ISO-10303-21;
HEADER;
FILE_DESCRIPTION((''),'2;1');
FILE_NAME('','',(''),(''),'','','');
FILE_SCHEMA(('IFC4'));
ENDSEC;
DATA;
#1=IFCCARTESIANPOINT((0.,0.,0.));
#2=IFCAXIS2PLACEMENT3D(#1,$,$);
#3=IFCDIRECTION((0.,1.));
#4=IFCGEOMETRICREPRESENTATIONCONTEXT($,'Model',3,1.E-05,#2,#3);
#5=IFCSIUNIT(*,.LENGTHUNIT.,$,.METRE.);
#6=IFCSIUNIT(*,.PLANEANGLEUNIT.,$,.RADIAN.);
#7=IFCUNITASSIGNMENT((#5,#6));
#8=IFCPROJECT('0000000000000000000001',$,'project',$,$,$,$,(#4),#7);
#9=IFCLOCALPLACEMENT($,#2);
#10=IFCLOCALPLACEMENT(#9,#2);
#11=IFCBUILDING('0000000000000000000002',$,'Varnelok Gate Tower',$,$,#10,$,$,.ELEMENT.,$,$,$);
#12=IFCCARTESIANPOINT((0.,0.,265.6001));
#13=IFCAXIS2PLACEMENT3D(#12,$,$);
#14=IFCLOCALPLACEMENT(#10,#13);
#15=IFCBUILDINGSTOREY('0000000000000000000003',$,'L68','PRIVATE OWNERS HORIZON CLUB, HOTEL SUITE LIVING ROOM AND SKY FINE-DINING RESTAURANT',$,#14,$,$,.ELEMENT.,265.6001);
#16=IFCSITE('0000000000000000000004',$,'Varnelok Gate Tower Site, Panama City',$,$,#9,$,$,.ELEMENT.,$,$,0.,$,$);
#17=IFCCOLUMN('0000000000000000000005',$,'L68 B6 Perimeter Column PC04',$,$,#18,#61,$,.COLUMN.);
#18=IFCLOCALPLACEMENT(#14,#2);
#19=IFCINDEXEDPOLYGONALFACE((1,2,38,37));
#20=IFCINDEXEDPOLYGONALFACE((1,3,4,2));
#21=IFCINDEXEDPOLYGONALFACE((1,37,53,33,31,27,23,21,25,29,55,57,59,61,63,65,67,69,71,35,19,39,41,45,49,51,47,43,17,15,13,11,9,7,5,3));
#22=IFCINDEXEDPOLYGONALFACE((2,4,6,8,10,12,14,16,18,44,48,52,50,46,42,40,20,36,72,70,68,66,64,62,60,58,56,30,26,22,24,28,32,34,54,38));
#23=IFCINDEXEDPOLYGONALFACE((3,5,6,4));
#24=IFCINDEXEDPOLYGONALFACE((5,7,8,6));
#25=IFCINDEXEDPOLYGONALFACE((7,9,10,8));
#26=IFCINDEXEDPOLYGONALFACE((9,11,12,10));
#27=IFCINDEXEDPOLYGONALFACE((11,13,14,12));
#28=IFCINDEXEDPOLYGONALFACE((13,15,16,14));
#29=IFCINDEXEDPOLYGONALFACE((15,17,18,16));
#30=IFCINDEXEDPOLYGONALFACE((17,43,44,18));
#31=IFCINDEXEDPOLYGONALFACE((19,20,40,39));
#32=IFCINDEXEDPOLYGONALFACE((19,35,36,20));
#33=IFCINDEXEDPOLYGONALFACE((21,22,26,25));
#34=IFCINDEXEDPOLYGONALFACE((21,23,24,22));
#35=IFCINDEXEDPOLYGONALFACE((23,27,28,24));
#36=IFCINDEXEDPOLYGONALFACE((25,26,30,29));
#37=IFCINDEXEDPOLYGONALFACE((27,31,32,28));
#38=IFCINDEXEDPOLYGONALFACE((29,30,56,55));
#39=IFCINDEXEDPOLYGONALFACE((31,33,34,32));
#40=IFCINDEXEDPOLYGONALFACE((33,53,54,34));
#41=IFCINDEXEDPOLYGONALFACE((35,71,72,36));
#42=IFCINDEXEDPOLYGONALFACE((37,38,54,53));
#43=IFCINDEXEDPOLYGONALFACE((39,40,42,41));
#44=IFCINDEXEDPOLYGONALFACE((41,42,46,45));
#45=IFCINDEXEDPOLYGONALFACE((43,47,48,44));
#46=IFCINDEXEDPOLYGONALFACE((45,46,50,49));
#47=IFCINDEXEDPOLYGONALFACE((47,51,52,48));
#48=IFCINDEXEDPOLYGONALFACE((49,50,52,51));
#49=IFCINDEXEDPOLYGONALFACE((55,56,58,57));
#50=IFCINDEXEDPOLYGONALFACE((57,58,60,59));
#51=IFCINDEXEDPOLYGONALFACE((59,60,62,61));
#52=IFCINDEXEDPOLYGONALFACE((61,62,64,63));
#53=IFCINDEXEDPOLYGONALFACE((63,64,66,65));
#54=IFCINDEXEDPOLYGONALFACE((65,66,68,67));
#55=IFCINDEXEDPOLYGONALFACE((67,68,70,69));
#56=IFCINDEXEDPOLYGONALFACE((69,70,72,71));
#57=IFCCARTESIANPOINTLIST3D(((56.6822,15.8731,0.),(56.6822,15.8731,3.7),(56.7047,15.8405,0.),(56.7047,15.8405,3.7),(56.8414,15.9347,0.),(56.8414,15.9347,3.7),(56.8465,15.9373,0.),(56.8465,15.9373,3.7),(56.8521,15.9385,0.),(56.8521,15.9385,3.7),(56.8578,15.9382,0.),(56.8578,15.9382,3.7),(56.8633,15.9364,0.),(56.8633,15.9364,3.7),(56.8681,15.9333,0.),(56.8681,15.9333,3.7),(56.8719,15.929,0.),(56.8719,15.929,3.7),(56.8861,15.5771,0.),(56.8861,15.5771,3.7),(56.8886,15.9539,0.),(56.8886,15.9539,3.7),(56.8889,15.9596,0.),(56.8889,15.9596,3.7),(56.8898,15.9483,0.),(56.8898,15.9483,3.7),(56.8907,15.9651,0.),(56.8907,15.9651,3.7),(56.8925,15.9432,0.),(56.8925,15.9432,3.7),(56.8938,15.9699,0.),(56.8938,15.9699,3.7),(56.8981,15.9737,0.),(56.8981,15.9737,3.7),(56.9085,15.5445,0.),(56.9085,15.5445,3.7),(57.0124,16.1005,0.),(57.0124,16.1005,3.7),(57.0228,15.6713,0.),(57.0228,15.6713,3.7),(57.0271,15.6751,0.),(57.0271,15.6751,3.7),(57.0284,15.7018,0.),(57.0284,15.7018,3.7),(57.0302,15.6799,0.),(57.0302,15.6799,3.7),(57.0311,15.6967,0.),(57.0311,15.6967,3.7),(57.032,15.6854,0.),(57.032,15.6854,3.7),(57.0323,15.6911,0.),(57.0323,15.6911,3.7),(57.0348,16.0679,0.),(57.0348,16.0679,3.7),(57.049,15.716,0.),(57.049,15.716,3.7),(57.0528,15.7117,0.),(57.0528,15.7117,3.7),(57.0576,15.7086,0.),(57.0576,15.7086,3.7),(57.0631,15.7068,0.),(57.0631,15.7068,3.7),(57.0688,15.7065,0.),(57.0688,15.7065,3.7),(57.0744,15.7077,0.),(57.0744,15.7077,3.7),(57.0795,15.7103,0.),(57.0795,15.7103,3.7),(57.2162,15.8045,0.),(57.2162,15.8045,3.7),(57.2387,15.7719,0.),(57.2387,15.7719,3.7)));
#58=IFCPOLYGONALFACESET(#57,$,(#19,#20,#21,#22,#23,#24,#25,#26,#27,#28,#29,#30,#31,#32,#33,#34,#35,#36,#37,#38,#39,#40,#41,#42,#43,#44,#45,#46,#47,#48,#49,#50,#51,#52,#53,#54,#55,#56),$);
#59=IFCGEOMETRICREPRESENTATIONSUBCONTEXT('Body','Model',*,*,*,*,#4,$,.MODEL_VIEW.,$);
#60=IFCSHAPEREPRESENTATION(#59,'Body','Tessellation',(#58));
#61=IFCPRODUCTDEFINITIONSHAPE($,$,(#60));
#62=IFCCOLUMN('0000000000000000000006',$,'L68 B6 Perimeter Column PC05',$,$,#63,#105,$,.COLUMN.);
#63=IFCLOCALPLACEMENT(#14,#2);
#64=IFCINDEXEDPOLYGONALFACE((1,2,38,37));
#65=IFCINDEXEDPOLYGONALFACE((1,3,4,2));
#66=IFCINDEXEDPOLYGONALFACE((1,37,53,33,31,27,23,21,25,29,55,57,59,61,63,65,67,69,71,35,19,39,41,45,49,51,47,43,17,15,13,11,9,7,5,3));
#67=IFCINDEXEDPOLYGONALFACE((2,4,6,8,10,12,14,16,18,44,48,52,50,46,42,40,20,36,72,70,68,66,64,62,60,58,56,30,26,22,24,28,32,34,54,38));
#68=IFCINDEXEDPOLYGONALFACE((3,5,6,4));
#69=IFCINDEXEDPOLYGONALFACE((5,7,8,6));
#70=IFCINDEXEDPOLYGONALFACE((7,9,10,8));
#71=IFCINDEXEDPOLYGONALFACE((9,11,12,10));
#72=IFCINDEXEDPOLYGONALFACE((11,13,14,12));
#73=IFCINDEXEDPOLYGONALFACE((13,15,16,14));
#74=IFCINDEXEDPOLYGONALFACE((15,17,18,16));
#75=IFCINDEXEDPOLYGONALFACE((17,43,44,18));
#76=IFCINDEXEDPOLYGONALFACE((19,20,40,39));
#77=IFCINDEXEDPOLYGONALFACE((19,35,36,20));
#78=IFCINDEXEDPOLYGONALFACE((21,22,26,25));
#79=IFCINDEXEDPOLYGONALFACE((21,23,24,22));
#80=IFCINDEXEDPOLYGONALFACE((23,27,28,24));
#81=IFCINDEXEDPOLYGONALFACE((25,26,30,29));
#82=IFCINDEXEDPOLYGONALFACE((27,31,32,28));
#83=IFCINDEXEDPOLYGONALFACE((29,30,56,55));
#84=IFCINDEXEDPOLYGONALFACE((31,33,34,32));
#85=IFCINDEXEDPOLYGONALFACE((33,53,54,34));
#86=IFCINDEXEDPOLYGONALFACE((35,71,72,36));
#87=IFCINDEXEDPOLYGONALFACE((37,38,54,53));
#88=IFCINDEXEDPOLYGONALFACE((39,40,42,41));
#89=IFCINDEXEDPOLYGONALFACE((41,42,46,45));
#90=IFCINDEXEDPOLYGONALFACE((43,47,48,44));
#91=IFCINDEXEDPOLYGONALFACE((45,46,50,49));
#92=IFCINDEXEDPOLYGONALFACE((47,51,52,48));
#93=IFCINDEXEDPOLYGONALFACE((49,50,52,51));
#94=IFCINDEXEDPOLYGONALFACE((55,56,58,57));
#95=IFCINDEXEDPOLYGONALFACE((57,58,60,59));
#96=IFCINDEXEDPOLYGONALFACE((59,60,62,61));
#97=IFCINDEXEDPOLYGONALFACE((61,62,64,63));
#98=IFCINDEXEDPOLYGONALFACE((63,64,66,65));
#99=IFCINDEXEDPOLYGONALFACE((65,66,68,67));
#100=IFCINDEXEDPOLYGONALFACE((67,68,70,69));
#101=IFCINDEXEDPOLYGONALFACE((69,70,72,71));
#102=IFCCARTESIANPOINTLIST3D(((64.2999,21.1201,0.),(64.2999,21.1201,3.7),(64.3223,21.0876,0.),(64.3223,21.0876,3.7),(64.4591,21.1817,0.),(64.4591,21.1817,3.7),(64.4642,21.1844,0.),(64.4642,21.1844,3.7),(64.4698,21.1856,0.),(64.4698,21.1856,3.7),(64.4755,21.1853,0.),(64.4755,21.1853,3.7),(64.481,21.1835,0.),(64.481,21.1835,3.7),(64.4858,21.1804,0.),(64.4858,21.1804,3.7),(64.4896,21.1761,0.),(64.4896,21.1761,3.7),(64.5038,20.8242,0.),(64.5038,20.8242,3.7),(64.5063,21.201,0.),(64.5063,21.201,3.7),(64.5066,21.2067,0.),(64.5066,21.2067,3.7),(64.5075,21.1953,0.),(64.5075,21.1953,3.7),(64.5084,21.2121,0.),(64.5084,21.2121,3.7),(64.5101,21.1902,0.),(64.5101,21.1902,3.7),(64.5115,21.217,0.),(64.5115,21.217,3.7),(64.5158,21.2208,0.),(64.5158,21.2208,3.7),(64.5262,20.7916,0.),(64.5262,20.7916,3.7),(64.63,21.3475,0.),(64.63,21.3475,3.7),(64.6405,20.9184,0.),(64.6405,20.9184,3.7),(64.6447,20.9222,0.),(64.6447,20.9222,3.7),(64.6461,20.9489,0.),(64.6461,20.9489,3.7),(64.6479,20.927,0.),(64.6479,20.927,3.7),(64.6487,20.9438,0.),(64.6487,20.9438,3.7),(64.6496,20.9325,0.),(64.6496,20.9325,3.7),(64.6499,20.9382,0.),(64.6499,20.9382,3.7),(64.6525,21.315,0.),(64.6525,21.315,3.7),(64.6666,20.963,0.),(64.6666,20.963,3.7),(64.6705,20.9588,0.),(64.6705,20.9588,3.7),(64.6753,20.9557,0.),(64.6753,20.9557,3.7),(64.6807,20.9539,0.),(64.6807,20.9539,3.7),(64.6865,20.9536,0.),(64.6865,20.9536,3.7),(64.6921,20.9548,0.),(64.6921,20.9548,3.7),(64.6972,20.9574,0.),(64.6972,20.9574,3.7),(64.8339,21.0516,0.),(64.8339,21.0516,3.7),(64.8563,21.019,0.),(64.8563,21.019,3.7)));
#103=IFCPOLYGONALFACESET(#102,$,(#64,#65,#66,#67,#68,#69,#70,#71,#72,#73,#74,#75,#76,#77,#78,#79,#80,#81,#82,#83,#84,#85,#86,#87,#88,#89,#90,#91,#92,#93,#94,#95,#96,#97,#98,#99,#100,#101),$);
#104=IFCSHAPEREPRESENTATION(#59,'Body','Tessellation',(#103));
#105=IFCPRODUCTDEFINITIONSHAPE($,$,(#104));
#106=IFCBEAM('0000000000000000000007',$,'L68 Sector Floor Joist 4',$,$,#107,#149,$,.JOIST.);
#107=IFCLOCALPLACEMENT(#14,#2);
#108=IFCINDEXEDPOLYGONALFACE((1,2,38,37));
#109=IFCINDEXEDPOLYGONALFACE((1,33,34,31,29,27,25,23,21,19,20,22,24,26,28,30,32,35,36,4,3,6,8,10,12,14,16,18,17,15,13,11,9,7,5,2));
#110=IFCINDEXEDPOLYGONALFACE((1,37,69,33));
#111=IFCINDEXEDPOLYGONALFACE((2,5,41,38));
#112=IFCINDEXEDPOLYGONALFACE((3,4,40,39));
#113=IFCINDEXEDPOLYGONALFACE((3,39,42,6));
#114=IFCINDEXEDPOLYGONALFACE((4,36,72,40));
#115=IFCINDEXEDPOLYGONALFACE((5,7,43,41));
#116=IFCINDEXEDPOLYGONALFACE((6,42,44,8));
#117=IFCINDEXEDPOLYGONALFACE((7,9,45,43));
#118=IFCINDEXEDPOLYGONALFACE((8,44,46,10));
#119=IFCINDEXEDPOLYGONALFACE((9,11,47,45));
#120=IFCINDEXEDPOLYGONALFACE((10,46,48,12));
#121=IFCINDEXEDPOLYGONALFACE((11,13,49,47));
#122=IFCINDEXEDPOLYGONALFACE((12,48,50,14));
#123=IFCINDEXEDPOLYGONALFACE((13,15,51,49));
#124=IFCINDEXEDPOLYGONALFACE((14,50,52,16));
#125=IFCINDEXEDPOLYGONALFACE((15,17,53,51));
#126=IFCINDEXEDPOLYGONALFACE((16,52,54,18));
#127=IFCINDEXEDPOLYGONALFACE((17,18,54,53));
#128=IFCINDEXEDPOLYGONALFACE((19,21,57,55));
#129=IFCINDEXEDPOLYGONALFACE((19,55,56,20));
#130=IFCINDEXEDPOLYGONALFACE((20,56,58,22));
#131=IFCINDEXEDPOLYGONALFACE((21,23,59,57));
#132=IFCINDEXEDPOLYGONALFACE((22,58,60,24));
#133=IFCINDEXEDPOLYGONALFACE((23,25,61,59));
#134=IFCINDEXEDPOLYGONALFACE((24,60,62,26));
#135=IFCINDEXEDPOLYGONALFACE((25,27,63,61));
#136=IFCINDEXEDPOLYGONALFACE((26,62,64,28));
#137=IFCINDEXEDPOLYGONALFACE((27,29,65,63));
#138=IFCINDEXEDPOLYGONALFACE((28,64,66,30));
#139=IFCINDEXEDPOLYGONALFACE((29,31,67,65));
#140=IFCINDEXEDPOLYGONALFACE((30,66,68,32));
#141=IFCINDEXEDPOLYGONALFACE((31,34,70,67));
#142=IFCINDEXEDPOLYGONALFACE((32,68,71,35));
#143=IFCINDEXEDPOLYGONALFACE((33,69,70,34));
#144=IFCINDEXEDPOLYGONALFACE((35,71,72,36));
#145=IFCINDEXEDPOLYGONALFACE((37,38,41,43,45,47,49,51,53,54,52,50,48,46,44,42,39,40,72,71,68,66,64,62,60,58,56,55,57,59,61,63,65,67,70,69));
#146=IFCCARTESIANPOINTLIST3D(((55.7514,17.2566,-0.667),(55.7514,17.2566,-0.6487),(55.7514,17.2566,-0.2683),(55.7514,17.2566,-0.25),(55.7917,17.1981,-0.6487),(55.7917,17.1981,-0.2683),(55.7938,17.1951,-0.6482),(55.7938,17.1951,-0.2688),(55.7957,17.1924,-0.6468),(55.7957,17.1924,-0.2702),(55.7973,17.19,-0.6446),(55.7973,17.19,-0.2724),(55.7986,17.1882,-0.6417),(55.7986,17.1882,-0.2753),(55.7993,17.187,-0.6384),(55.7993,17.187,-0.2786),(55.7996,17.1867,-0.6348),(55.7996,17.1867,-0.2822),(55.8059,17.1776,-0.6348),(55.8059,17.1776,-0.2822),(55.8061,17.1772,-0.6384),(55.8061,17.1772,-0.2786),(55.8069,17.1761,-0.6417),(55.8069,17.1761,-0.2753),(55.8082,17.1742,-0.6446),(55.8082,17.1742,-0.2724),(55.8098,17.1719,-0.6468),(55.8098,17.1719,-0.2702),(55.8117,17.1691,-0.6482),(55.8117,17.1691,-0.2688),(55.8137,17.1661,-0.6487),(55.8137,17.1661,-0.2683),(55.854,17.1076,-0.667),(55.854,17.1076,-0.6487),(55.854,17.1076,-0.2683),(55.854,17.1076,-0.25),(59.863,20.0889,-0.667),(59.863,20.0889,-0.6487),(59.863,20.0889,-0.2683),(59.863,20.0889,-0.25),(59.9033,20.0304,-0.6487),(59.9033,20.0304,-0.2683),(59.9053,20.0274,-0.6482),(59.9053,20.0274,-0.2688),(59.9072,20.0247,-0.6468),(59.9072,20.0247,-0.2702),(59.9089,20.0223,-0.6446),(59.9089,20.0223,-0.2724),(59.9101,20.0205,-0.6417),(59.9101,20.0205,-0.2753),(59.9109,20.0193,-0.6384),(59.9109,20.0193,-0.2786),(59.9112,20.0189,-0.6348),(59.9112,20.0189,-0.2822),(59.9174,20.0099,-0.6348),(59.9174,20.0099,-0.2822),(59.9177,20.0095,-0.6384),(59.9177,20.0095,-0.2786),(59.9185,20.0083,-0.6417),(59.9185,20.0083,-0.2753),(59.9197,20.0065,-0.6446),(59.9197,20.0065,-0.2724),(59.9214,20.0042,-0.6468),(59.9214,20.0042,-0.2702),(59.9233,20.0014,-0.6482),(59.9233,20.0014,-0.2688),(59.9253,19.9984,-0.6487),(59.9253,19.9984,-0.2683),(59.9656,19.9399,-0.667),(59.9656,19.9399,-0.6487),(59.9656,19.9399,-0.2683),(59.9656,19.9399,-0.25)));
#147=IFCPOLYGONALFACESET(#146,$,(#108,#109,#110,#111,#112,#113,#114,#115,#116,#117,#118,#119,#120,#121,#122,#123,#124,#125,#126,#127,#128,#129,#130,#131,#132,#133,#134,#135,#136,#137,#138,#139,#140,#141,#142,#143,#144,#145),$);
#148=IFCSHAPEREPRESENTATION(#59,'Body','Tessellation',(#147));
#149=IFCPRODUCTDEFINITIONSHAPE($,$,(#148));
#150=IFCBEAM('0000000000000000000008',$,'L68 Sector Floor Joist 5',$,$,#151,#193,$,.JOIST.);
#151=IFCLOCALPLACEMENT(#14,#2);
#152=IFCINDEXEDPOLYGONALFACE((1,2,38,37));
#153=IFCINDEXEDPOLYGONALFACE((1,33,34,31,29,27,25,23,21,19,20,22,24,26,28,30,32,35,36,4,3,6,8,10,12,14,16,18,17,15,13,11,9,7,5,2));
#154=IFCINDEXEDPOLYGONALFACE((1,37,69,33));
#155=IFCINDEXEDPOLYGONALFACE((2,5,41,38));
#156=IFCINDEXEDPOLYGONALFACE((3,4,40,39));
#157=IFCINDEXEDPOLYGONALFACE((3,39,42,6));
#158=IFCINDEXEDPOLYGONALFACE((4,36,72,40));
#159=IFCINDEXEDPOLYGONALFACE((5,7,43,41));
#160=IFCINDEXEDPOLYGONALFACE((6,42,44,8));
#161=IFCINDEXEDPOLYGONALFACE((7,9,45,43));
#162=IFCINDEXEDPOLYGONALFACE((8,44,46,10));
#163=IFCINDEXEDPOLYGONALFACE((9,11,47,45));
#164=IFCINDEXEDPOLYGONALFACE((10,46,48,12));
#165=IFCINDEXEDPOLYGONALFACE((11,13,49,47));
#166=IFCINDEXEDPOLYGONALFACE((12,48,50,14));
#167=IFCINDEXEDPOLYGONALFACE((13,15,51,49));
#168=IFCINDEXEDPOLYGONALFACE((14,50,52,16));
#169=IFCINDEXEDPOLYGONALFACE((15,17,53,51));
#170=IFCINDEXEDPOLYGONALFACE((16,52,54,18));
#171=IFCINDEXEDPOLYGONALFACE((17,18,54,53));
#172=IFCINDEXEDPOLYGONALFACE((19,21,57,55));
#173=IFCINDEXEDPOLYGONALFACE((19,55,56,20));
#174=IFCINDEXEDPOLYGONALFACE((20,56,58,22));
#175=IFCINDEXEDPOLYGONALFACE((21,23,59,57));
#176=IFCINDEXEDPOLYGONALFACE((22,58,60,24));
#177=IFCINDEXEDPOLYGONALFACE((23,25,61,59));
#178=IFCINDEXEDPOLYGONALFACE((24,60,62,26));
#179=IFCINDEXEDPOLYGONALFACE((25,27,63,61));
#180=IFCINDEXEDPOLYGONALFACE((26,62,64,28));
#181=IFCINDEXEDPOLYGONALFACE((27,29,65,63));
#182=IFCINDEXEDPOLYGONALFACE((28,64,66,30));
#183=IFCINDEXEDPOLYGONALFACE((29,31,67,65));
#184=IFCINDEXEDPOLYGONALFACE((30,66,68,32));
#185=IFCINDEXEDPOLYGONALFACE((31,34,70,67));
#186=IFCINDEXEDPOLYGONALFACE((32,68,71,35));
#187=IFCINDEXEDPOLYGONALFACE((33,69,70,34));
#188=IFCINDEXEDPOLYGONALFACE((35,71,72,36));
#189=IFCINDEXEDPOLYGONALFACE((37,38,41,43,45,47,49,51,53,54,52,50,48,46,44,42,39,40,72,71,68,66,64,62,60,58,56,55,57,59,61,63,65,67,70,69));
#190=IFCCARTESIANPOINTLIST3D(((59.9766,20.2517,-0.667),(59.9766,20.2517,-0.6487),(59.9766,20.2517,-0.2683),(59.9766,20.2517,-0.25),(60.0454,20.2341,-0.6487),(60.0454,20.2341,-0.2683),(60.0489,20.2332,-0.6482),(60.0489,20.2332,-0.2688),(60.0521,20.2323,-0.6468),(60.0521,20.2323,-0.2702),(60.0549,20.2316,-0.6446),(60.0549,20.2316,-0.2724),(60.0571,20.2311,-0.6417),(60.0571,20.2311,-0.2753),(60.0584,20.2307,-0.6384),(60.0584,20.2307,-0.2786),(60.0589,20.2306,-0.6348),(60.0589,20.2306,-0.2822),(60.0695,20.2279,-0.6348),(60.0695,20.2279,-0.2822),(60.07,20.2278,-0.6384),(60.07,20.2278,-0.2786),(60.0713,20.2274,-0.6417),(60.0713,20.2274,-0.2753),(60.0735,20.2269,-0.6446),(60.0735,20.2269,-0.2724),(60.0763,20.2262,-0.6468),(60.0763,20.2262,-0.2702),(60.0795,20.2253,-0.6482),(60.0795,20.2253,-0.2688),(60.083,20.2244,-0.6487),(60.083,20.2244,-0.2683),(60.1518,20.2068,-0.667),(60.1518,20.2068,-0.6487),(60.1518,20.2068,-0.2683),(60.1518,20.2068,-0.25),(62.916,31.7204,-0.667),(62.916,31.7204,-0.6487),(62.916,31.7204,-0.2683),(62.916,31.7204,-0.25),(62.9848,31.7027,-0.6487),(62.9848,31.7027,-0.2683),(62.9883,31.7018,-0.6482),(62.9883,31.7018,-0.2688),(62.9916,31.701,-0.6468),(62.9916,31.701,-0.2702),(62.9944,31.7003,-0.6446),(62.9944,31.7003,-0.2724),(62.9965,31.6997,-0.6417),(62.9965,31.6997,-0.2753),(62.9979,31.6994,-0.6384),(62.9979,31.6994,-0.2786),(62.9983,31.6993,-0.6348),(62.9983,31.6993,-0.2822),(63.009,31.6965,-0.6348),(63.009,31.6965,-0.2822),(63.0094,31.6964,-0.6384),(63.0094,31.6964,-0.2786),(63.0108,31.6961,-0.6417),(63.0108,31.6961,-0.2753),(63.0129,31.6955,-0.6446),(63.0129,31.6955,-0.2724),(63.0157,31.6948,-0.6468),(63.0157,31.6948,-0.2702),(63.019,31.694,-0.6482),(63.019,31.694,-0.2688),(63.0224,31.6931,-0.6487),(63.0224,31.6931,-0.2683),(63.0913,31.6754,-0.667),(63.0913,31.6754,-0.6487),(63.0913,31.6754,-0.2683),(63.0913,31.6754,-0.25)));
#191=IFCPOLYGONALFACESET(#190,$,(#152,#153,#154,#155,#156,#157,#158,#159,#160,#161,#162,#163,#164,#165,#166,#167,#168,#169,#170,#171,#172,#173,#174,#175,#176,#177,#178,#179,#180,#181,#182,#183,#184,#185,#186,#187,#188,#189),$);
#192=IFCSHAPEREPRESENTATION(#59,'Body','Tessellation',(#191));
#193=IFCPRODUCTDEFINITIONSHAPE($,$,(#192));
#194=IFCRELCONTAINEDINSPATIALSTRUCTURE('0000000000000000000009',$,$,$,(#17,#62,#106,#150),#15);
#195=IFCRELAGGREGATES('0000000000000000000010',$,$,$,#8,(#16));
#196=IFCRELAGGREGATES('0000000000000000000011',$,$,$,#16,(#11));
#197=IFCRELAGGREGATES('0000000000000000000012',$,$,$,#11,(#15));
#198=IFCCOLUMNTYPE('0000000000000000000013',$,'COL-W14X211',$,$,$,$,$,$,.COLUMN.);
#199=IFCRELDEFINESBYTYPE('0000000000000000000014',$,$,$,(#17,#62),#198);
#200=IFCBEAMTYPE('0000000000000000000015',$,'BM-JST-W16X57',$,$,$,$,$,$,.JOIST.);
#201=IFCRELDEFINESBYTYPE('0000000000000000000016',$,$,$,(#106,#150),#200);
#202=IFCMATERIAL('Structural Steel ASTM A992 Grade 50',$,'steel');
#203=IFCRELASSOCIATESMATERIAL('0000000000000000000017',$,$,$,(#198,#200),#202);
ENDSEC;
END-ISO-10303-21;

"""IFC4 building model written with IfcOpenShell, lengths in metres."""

from ifc_helpers import new_model, si_unit, direction, frame, origin, origin_2d, place, context, subcontext, project, spatial, i_section, extrude, material, material_profile, profile_set, type_object, element, save


model = new_model("IFC4")

# Units and contexts
model_context = context("Model", 3, precision=1e-05, world=origin(), true_north=direction((0.0, 1.0)))
body_context = subcontext(model_context, "Body", "Model", "MODEL_VIEW")
ifc_project = project(units=[si_unit("LENGTHUNIT", "METRE"), si_unit("PLANEANGLEUNIT", "RADIAN")], contexts=[model_context])

# Site, building, storey
site_placement = place(None, origin())
site = spatial("IfcSite", under=ifc_project, at=site_placement, Name="Varnelok Gate Tower Site, Panama City", CompositionType="ELEMENT", RefElevation=0.0)
building_placement = place(site_placement, origin())
building = spatial("IfcBuilding", under=site, at=building_placement, Name="Varnelok Gate Tower", CompositionType="ELEMENT")
storey_placement = place(building_placement, frame((0.0, 0.0, 265.6001)))
storey = spatial("IfcBuildingStorey", under=building, at=storey_placement, Name="L68", Description="PRIVATE OWNERS HORIZON CLUB, HOTEL SUITE LIVING ROOM AND SKY FINE-DINING RESTAURANT", CompositionType="ELEMENT", Elevation=265.6001)

# Columns
ifc_material_1 = material(Name="Structural Steel ASTM A992 Grade 50", Category="steel")
ifc_material_profile_1 = material_profile(ifc_material_1, i_section(OverallWidth=0.4009, OverallDepth=0.3989, WebThickness=0.0249, FlangeThickness=0.0396, FilletRadius=0.022, at=origin_2d()), Name="W14X211")
ifc_profile_set_1 = profile_set([ifc_material_profile_1], Name="Structural Steel ASTM A992 Grade 50")
column_type = type_object("IfcColumnType", Name="COL-W14X211", PredefinedType="COLUMN", material=ifc_profile_set_1)
for number, where, z_axis, x_axis, name in (
    (1, (56.9604, 15.8225, 0.0), (0.0, 0.0, 1.0), (0.823533, 0.567269, 0.0), "L68 B6 Perimeter Column PC04"),
    (2, (64.5781, 21.0696, 0.0), (0.0, 0.0, 1.0), (0.823533, 0.567269, 0.0), "L68 B6 Perimeter Column PC05"),
):
    element("IfcColumn", number, at=place(storey_placement, frame(where, z_axis=z_axis, x_axis=x_axis)), inside=storey, type_object=column_type, Name=name, PredefinedType="COLUMN", context=body_context, shape_type="SweptSolid", body=[
        extrude(i_section(OverallWidth=0.4009, OverallDepth=0.3989, WebThickness=0.0249, FlangeThickness=0.0396, FilletRadius=0.022, at=origin_2d()), origin(), (0.0, 0.0, 1.0), 3.7),
    ])

# Beams
ifc_material_profile_2 = material_profile(ifc_material_1, i_section(OverallWidth=0.1809, OverallDepth=0.417, WebThickness=0.011, FlangeThickness=0.0183, FilletRadius=0.0139, at=origin_2d()), Name="W16X57")
ifc_profile_set_2 = profile_set([ifc_material_profile_2], Name="Structural Steel ASTM A992 Grade 50")
beam_type_1 = type_object("IfcBeamType", Name="BM-JST-W16X57", PredefinedType="JOIST", material=ifc_profile_set_2)
beam_1_placement = place(storey_placement, frame((55.8027, 17.1821, -0.4585), z_axis=(0.823521, 0.567286, 0.0), x_axis=(-0.567286, 0.823521, 0.0)))
element("IfcBeam", 3, at=beam_1_placement, inside=storey, type_object=beam_type_1, Name="L68 Sector Floor Joist 4", PredefinedType="JOIST", context=body_context, shape_type="SweptSolid", body=[
    extrude(i_section(OverallWidth=0.1809, OverallDepth=0.417, WebThickness=0.011, FlangeThickness=0.0183, FilletRadius=0.0139, at=origin_2d()), origin(), (0.0, 0.0, 1.0), 4.9927),
])
beam_2_placement = place(storey_placement, frame((60.0642, 20.2292, -0.4585), z_axis=(0.248276, 0.968689, 0.0), x_axis=(-0.968689, 0.248276, 0.0)))
element("IfcBeam", 4, at=beam_2_placement, inside=storey, type_object=beam_type_1, Name="L68 Sector Floor Joist 5", PredefinedType="JOIST", context=body_context, shape_type="SweptSolid", body=[
    extrude(i_section(OverallWidth=0.1809, OverallDepth=0.417, WebThickness=0.011, FlangeThickness=0.0183, FilletRadius=0.0139, at=origin_2d()), origin(), (0.0, 0.0, 1.0), 11.8394),
])

save(model, "model.ifc")
